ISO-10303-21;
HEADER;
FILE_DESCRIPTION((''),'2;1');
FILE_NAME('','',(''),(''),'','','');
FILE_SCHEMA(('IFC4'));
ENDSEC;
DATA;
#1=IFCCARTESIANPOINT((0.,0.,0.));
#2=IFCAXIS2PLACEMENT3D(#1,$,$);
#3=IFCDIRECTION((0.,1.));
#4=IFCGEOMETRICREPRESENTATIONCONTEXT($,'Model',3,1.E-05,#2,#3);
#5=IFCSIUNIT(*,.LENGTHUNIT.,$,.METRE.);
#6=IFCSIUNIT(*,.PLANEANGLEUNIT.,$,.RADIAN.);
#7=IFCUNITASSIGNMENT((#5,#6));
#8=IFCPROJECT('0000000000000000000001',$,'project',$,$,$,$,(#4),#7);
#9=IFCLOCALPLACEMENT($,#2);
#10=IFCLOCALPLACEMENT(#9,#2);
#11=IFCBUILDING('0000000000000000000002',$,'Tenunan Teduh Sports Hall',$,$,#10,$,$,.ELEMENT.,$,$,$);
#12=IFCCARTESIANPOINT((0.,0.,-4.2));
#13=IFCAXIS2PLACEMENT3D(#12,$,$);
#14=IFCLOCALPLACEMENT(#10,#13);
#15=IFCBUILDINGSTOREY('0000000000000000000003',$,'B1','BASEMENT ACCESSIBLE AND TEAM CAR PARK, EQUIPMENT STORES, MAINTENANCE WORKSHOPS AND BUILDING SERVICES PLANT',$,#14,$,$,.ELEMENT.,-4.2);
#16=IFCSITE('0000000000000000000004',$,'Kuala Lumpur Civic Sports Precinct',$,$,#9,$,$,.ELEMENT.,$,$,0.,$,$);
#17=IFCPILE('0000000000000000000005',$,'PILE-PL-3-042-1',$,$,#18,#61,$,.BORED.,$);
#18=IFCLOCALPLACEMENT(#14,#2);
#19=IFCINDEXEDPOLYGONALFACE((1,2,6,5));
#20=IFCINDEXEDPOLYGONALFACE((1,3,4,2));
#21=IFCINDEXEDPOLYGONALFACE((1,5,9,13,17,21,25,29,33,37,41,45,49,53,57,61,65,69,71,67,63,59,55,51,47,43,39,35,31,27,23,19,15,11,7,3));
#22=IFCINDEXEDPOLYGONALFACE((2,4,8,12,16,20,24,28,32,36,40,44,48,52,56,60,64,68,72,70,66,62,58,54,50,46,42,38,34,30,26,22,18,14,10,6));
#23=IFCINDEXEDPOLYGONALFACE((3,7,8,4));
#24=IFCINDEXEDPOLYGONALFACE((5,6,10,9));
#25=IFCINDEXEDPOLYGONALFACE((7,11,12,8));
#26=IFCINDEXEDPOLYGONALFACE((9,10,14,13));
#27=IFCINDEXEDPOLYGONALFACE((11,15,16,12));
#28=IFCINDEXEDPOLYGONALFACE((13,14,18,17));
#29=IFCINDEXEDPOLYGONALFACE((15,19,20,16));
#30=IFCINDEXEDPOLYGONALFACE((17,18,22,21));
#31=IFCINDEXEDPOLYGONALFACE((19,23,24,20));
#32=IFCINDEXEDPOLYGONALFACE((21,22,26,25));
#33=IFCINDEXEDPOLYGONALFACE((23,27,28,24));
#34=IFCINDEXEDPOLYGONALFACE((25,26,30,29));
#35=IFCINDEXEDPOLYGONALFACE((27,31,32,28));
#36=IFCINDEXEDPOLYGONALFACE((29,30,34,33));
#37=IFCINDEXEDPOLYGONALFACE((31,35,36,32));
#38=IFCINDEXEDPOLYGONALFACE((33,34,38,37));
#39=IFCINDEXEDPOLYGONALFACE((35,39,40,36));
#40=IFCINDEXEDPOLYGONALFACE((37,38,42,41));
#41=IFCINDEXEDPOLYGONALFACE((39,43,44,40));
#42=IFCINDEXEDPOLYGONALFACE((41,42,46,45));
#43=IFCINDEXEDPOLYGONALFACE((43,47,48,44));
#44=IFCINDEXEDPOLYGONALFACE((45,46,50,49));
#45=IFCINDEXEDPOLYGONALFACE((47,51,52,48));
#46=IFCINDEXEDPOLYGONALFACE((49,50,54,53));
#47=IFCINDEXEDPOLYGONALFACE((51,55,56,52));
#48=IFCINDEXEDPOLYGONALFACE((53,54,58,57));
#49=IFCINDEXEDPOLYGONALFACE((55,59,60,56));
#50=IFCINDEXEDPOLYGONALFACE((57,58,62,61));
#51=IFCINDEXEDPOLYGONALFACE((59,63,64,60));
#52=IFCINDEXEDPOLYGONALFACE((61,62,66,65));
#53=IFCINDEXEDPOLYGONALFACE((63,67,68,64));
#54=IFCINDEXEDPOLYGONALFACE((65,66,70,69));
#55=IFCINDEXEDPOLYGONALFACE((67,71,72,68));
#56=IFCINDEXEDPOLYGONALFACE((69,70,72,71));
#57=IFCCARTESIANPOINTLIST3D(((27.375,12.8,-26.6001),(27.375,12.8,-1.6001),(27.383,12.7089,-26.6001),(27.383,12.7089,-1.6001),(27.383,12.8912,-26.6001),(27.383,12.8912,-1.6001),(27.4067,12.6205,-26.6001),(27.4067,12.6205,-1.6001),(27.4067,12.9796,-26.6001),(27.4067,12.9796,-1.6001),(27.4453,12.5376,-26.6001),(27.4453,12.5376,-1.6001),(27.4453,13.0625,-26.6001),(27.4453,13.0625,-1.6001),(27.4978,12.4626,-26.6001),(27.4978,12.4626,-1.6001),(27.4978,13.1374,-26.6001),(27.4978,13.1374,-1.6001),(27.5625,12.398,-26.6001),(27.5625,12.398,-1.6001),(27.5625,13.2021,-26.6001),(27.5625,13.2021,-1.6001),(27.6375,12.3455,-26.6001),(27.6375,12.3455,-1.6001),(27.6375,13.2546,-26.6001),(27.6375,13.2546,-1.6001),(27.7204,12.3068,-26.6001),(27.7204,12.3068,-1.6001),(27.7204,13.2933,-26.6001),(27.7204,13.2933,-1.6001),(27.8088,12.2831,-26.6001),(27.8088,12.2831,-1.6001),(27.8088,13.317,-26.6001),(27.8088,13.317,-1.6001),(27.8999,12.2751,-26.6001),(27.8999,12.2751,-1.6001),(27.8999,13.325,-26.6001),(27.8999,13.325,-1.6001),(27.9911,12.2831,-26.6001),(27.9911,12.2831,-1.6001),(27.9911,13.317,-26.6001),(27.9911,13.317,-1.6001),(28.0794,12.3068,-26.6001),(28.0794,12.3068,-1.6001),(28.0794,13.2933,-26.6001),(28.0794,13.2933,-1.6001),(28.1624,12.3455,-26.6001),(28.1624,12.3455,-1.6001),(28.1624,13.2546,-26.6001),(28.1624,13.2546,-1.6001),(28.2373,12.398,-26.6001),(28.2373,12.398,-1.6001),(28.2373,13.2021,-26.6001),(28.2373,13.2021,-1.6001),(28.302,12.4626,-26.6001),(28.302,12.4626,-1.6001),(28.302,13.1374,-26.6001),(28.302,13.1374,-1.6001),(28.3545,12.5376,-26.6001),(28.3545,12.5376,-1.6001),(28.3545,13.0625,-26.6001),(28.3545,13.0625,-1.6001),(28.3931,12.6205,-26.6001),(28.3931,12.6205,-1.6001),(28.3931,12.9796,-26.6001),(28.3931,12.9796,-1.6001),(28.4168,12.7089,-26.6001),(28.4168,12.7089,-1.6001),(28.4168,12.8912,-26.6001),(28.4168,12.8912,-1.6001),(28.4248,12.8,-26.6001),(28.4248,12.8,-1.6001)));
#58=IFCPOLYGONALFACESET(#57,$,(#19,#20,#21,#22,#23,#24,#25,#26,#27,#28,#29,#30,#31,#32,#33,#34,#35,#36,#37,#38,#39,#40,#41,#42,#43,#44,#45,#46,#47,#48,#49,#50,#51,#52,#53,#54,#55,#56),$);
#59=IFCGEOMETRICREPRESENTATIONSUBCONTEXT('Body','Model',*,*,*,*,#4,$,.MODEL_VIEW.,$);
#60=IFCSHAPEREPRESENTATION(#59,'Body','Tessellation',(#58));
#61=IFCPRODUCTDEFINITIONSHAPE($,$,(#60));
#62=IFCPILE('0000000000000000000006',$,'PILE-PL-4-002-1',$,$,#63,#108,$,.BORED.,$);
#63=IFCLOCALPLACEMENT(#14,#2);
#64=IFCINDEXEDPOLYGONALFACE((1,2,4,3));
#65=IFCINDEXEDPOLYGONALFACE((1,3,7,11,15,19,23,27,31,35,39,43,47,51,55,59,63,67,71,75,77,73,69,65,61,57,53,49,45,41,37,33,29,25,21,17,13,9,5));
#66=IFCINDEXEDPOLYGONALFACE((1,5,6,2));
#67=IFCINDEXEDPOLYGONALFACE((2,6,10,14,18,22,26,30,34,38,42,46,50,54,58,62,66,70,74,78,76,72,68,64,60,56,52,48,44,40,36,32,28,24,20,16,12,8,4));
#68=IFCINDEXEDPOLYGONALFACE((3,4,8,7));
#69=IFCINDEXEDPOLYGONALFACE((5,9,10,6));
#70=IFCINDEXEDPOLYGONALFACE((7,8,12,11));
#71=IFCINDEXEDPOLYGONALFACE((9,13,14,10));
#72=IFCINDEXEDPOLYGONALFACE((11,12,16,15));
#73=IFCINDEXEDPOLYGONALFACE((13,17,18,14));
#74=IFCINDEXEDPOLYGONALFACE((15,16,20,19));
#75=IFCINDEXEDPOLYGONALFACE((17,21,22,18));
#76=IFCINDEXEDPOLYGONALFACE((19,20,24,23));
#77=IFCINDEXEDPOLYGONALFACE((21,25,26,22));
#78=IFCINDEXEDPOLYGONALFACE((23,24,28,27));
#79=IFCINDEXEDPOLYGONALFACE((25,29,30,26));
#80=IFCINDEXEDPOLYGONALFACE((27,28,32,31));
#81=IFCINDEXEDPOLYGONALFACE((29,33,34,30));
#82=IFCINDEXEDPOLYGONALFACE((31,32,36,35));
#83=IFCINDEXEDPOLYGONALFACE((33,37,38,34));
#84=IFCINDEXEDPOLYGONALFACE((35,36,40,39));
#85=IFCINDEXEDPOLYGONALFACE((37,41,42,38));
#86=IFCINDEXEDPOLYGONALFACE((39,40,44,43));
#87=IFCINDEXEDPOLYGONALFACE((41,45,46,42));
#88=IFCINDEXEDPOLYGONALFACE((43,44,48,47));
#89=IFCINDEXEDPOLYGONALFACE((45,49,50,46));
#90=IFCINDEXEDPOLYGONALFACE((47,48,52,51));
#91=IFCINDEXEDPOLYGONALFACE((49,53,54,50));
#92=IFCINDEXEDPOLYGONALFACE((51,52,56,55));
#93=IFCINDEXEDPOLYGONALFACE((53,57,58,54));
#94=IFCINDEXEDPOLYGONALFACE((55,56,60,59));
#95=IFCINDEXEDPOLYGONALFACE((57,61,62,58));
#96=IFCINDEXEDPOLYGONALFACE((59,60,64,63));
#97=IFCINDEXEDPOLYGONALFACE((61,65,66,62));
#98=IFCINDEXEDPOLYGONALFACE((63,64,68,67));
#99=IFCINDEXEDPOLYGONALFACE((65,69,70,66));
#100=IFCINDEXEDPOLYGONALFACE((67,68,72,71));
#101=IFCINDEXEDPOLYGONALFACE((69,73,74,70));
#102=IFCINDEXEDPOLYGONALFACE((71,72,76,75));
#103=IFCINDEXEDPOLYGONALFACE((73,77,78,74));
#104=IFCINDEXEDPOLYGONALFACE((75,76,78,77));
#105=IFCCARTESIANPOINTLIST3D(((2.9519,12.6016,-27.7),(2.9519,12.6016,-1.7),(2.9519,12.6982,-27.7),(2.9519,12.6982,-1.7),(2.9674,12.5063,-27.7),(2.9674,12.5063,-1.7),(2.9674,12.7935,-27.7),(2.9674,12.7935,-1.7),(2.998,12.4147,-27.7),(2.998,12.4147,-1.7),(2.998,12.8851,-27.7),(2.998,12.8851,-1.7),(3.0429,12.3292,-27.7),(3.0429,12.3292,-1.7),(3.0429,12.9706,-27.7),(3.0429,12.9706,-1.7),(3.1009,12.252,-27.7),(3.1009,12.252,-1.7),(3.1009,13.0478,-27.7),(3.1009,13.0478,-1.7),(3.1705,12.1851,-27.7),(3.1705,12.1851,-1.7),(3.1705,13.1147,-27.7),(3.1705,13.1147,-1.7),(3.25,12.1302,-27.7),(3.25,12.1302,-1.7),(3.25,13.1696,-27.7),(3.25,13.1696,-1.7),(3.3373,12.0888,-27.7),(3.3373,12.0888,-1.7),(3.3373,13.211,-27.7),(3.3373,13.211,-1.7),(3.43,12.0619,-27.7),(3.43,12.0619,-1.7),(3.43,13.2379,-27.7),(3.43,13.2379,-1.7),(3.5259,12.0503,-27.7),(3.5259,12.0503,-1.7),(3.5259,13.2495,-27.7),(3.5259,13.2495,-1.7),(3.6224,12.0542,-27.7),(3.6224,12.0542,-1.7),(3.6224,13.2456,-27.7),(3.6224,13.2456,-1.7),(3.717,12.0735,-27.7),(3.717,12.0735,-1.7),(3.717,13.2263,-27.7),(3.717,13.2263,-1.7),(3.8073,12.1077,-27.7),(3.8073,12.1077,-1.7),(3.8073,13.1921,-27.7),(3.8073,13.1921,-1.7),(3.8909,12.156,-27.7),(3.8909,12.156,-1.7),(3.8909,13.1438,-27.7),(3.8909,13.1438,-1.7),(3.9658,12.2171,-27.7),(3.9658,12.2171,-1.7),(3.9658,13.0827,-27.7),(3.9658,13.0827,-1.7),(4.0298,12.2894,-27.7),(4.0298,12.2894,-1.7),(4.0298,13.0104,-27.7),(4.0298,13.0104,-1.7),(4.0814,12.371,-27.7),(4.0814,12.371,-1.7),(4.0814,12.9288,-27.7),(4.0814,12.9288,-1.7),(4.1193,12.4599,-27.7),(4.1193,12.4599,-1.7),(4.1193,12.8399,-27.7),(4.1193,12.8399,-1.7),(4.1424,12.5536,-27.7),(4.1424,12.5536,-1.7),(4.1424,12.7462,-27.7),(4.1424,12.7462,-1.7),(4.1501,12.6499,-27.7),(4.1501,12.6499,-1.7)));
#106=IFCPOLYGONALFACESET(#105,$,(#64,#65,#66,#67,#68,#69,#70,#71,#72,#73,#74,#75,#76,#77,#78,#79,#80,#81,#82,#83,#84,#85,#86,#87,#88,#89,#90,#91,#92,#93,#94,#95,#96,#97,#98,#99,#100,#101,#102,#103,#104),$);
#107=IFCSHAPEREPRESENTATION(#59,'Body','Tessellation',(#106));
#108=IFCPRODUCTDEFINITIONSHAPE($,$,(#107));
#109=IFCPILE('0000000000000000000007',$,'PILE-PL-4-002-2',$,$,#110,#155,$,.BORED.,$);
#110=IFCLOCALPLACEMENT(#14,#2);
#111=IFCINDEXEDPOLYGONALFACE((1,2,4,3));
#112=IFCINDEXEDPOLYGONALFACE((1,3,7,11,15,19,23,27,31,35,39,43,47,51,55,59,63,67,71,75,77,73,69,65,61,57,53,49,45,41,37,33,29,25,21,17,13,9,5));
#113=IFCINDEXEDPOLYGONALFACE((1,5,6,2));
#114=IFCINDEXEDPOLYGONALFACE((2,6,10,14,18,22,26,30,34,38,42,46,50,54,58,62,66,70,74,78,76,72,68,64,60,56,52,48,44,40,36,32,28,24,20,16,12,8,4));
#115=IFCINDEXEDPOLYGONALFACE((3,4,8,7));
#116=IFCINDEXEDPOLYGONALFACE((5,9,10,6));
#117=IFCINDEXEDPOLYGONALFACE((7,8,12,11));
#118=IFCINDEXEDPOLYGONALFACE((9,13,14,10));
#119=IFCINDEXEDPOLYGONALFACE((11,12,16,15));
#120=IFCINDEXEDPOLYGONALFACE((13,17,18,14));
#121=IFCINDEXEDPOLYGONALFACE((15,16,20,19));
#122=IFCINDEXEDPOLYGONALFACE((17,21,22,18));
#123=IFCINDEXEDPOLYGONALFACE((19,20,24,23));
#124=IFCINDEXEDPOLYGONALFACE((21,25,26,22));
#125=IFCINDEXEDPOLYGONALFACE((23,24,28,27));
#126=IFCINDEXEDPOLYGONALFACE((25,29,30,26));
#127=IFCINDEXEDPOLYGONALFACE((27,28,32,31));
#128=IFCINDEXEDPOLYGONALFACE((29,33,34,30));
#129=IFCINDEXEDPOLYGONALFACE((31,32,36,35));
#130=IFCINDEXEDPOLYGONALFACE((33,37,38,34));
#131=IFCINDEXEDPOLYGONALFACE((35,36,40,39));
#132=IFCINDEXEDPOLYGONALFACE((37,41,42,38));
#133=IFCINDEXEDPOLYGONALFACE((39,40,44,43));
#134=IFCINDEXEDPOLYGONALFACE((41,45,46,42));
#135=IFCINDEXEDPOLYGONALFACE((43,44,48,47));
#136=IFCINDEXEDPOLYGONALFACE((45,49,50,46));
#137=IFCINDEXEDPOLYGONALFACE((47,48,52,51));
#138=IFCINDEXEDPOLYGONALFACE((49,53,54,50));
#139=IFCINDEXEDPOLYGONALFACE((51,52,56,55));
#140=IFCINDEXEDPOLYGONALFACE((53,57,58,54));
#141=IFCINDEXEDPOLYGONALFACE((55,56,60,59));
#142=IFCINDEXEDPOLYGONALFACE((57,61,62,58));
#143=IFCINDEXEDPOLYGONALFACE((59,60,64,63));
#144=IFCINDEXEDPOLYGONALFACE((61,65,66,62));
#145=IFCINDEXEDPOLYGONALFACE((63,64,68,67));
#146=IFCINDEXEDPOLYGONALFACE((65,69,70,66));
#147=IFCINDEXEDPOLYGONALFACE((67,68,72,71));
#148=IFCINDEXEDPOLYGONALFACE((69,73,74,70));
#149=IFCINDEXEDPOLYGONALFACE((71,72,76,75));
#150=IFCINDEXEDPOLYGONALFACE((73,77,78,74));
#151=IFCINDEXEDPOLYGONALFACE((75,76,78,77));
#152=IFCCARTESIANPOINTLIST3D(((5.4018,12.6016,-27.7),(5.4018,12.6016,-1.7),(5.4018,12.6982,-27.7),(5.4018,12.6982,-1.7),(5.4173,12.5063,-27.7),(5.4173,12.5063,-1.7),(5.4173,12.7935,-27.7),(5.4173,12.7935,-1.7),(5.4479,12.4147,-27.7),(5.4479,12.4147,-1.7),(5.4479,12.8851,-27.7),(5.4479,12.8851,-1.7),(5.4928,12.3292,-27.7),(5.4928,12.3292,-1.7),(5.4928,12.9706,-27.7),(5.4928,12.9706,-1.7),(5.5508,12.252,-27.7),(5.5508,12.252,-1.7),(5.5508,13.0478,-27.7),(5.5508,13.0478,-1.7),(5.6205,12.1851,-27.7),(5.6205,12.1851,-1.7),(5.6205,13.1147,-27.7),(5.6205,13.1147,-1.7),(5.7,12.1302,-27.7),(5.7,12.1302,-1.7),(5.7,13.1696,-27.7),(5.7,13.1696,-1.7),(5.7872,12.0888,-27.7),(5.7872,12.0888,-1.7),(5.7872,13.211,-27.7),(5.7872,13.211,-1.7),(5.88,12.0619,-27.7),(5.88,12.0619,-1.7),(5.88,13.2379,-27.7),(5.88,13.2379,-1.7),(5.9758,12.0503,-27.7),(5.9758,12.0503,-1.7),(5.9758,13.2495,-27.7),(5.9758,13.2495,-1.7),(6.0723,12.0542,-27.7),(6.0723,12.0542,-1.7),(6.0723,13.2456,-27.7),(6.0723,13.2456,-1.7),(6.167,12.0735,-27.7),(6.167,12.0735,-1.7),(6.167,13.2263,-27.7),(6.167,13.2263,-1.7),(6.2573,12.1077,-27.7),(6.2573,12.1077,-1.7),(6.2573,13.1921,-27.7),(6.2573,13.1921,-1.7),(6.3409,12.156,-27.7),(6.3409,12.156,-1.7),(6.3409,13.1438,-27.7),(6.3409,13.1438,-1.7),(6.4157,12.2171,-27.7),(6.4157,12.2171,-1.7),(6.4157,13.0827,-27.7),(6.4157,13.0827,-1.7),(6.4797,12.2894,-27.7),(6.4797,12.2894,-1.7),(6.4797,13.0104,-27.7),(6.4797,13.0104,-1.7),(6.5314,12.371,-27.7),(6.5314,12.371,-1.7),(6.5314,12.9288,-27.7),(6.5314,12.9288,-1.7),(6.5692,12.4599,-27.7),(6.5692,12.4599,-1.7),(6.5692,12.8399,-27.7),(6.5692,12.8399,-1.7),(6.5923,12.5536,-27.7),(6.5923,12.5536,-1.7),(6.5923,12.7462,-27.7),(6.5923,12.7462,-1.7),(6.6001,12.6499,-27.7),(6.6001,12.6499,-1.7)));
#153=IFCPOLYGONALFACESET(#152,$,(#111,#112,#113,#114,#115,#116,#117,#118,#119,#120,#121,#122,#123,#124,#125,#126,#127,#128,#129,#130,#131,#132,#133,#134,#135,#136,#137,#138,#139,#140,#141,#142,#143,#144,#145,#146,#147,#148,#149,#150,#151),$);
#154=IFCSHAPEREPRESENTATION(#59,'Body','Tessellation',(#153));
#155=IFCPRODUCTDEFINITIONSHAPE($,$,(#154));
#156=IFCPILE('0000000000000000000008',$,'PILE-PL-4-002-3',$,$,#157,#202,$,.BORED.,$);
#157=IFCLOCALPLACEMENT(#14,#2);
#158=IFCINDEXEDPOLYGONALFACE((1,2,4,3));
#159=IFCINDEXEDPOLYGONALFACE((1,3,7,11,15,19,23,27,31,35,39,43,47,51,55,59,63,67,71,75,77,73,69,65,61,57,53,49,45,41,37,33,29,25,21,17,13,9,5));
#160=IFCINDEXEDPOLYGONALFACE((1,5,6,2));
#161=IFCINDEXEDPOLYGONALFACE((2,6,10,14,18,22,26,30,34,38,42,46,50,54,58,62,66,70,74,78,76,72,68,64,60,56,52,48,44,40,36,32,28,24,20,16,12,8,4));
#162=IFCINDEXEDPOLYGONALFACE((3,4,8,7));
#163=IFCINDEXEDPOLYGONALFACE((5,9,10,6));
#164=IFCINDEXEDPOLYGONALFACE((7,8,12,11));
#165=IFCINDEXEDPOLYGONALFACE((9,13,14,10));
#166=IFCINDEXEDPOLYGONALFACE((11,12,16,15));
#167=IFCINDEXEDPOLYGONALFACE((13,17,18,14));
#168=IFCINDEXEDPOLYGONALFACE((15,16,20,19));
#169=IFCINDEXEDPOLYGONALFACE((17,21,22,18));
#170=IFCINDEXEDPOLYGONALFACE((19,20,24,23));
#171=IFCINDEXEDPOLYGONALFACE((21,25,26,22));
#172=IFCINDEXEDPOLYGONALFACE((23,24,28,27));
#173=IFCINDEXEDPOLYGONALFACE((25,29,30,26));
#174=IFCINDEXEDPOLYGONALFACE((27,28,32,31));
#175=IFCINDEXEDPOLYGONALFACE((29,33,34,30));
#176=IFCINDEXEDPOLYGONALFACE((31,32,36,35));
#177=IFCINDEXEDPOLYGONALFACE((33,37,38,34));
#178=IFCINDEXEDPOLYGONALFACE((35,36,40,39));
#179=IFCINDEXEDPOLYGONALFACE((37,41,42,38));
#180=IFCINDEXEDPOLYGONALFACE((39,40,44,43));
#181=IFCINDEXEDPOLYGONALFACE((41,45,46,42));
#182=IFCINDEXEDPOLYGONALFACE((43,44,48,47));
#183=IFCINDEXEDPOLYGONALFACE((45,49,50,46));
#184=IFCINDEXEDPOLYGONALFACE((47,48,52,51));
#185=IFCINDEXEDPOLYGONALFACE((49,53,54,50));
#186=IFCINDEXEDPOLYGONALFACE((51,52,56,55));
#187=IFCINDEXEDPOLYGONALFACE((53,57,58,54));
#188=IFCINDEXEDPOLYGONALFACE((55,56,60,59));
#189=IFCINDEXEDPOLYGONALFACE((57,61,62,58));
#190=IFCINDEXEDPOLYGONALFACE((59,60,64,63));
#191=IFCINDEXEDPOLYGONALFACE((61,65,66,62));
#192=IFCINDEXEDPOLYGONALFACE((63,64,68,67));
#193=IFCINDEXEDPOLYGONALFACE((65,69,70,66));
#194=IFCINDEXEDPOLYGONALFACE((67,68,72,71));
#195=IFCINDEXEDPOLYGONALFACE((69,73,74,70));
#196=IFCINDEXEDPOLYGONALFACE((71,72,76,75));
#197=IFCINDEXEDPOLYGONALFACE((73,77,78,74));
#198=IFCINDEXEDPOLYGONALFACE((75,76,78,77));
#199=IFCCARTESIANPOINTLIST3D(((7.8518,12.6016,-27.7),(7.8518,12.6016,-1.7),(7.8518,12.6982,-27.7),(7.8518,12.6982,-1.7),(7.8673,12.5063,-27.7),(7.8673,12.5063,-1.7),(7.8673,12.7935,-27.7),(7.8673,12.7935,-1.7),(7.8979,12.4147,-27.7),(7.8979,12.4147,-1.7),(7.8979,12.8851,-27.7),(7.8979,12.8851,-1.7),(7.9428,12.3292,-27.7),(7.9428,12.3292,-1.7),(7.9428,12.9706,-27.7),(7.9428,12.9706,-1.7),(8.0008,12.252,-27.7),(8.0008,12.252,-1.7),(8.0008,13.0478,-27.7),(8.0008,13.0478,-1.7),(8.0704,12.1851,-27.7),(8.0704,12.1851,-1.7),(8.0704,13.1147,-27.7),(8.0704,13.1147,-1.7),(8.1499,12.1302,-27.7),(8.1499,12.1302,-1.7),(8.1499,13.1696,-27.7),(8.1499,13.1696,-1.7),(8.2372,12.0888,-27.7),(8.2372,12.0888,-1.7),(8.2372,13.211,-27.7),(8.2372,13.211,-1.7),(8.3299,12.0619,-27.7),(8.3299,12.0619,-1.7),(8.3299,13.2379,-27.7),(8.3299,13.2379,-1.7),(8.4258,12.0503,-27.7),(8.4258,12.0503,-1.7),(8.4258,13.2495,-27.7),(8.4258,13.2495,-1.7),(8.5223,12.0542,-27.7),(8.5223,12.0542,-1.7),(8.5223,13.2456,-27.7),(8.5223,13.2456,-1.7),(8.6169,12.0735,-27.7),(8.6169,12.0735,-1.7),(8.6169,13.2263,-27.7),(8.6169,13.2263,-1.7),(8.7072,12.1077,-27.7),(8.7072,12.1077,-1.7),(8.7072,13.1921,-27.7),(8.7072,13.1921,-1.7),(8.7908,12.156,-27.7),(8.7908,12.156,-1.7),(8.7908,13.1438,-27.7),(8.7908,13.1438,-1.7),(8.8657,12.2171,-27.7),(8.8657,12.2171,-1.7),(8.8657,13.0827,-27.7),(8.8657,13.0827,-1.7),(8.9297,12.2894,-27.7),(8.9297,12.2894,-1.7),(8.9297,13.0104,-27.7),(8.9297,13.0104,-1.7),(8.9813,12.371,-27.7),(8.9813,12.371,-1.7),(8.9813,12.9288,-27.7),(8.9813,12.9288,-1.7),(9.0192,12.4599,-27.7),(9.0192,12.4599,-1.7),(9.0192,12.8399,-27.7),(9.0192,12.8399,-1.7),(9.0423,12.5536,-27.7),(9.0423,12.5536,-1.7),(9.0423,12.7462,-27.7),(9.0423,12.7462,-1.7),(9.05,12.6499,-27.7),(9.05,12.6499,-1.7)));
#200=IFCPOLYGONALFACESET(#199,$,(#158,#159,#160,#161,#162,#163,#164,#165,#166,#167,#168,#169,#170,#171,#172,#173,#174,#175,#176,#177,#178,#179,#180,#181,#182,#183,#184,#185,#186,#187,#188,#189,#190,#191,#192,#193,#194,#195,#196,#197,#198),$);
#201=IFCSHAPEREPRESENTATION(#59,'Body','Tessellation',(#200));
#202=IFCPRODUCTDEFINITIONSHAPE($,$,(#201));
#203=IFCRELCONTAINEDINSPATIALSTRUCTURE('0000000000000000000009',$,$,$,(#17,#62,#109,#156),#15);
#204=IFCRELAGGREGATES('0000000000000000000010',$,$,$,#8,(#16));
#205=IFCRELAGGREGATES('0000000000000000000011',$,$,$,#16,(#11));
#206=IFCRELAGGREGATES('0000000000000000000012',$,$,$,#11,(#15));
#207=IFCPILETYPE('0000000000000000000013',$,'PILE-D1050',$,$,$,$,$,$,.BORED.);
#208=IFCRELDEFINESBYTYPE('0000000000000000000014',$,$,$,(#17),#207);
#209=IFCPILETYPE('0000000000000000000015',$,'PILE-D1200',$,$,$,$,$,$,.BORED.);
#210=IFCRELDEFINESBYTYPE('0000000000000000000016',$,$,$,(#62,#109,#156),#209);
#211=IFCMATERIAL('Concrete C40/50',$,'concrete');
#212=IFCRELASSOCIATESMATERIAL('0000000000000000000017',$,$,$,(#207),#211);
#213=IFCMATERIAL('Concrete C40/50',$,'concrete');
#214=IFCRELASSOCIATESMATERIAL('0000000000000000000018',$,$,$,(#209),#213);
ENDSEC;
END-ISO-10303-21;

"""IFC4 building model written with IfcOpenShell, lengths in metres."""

from ifc_helpers import new_model, si_unit, direction, frame, origin, origin_2d, place, context, subcontext, project, spatial, circle, extrude, material, material_profile, profile_set, type_object, element, save


model = new_model("IFC4")

# Units and contexts
model_context = context("Model", 3, precision=1e-05, world=origin(), true_north=direction((0.0, 1.0)))
body_context = subcontext(model_context, "Body", "Model", "MODEL_VIEW")
ifc_project = project(units=[si_unit("LENGTHUNIT", "METRE"), si_unit("PLANEANGLEUNIT", "RADIAN")], contexts=[model_context])

# Site, building, storey
site_placement = place(None, origin())
site = spatial("IfcSite", under=ifc_project, at=site_placement, Name="Kuala Lumpur Civic Sports Precinct", CompositionType="ELEMENT", RefElevation=0.0)
building_placement = place(site_placement, origin())
building = spatial("IfcBuilding", under=site, at=building_placement, Name="Tenunan Teduh Sports Hall", CompositionType="ELEMENT")
storey_placement = place(building_placement, frame((0.0, 0.0, -4.2)))
storey = spatial("IfcBuildingStorey", under=building, at=storey_placement, Name="B1", Description="BASEMENT ACCESSIBLE AND TEAM CAR PARK, EQUIPMENT STORES, MAINTENANCE WORKSHOPS AND BUILDING SERVICES PLANT", CompositionType="ELEMENT", Elevation=-4.2)

# Piles
ifc_material_1 = material(Name="Concrete C40/50", Category="concrete")
ifc_material_profile_1 = material_profile(ifc_material_1, circle(Radius=0.5249, at=origin_2d()), Name="PILE D1050")
ifc_profile_set_1 = profile_set([ifc_material_profile_1], Name="Concrete C40/50")
pile_type_1 = type_object("IfcPileType", Name="PILE-D1050", PredefinedType="BORED", material=ifc_profile_set_1)
for number, where, z_axis, x_axis, name in (
    (1, (27.8999, 12.8, -1.6001), (0.0, 0.0, -1.0), (1.0, 0.0, 0.0), "PILE-PL-3-042-1"),
):
    element("IfcPile", number, at=place(storey_placement, frame(where, z_axis=z_axis, x_axis=x_axis)), inside=storey, type_object=pile_type_1, Name=name, PredefinedType="BORED", context=body_context, shape_type="SweptSolid", body=[
        extrude(circle(Radius=0.5249, at=origin_2d()), origin(), (0.0, 0.0, 1.0), 25.0),
    ])
ifc_material_2 = material(Name="Concrete C40/50", Category="concrete")
ifc_material_profile_2 = material_profile(ifc_material_2, circle(Radius=0.6001, at=origin_2d()), Name="PILE D1200")
ifc_profile_set_2 = profile_set([ifc_material_profile_2], Name="Concrete C40/50")
pile_type_2 = type_object("IfcPileType", Name="PILE-D1200", PredefinedType="BORED", material=ifc_profile_set_2)
for number, where, z_axis, x_axis, name in (
    (2, (3.55, 12.6499, -1.7), (0.0, 0.0, -1.0), (1.0, 0.0, 0.0), "PILE-PL-4-002-1"),
    (3, (6.0, 12.6499, -1.7), (0.0, 0.0, -1.0), (1.0, 0.0, 0.0), "PILE-PL-4-002-2"),
    (4, (8.45, 12.6499, -1.7), (0.0, 0.0, -1.0), (1.0, 0.0, 0.0), "PILE-PL-4-002-3"),
):
    element("IfcPile", number, at=place(storey_placement, frame(where, z_axis=z_axis, x_axis=x_axis)), inside=storey, type_object=pile_type_2, Name=name, PredefinedType="BORED", context=body_context, shape_type="SweptSolid", body=[
        extrude(circle(Radius=0.6001, at=origin_2d()), origin(), (0.0, 0.0, 1.0), 26.0),
    ])

save(model, "model.ifc")
